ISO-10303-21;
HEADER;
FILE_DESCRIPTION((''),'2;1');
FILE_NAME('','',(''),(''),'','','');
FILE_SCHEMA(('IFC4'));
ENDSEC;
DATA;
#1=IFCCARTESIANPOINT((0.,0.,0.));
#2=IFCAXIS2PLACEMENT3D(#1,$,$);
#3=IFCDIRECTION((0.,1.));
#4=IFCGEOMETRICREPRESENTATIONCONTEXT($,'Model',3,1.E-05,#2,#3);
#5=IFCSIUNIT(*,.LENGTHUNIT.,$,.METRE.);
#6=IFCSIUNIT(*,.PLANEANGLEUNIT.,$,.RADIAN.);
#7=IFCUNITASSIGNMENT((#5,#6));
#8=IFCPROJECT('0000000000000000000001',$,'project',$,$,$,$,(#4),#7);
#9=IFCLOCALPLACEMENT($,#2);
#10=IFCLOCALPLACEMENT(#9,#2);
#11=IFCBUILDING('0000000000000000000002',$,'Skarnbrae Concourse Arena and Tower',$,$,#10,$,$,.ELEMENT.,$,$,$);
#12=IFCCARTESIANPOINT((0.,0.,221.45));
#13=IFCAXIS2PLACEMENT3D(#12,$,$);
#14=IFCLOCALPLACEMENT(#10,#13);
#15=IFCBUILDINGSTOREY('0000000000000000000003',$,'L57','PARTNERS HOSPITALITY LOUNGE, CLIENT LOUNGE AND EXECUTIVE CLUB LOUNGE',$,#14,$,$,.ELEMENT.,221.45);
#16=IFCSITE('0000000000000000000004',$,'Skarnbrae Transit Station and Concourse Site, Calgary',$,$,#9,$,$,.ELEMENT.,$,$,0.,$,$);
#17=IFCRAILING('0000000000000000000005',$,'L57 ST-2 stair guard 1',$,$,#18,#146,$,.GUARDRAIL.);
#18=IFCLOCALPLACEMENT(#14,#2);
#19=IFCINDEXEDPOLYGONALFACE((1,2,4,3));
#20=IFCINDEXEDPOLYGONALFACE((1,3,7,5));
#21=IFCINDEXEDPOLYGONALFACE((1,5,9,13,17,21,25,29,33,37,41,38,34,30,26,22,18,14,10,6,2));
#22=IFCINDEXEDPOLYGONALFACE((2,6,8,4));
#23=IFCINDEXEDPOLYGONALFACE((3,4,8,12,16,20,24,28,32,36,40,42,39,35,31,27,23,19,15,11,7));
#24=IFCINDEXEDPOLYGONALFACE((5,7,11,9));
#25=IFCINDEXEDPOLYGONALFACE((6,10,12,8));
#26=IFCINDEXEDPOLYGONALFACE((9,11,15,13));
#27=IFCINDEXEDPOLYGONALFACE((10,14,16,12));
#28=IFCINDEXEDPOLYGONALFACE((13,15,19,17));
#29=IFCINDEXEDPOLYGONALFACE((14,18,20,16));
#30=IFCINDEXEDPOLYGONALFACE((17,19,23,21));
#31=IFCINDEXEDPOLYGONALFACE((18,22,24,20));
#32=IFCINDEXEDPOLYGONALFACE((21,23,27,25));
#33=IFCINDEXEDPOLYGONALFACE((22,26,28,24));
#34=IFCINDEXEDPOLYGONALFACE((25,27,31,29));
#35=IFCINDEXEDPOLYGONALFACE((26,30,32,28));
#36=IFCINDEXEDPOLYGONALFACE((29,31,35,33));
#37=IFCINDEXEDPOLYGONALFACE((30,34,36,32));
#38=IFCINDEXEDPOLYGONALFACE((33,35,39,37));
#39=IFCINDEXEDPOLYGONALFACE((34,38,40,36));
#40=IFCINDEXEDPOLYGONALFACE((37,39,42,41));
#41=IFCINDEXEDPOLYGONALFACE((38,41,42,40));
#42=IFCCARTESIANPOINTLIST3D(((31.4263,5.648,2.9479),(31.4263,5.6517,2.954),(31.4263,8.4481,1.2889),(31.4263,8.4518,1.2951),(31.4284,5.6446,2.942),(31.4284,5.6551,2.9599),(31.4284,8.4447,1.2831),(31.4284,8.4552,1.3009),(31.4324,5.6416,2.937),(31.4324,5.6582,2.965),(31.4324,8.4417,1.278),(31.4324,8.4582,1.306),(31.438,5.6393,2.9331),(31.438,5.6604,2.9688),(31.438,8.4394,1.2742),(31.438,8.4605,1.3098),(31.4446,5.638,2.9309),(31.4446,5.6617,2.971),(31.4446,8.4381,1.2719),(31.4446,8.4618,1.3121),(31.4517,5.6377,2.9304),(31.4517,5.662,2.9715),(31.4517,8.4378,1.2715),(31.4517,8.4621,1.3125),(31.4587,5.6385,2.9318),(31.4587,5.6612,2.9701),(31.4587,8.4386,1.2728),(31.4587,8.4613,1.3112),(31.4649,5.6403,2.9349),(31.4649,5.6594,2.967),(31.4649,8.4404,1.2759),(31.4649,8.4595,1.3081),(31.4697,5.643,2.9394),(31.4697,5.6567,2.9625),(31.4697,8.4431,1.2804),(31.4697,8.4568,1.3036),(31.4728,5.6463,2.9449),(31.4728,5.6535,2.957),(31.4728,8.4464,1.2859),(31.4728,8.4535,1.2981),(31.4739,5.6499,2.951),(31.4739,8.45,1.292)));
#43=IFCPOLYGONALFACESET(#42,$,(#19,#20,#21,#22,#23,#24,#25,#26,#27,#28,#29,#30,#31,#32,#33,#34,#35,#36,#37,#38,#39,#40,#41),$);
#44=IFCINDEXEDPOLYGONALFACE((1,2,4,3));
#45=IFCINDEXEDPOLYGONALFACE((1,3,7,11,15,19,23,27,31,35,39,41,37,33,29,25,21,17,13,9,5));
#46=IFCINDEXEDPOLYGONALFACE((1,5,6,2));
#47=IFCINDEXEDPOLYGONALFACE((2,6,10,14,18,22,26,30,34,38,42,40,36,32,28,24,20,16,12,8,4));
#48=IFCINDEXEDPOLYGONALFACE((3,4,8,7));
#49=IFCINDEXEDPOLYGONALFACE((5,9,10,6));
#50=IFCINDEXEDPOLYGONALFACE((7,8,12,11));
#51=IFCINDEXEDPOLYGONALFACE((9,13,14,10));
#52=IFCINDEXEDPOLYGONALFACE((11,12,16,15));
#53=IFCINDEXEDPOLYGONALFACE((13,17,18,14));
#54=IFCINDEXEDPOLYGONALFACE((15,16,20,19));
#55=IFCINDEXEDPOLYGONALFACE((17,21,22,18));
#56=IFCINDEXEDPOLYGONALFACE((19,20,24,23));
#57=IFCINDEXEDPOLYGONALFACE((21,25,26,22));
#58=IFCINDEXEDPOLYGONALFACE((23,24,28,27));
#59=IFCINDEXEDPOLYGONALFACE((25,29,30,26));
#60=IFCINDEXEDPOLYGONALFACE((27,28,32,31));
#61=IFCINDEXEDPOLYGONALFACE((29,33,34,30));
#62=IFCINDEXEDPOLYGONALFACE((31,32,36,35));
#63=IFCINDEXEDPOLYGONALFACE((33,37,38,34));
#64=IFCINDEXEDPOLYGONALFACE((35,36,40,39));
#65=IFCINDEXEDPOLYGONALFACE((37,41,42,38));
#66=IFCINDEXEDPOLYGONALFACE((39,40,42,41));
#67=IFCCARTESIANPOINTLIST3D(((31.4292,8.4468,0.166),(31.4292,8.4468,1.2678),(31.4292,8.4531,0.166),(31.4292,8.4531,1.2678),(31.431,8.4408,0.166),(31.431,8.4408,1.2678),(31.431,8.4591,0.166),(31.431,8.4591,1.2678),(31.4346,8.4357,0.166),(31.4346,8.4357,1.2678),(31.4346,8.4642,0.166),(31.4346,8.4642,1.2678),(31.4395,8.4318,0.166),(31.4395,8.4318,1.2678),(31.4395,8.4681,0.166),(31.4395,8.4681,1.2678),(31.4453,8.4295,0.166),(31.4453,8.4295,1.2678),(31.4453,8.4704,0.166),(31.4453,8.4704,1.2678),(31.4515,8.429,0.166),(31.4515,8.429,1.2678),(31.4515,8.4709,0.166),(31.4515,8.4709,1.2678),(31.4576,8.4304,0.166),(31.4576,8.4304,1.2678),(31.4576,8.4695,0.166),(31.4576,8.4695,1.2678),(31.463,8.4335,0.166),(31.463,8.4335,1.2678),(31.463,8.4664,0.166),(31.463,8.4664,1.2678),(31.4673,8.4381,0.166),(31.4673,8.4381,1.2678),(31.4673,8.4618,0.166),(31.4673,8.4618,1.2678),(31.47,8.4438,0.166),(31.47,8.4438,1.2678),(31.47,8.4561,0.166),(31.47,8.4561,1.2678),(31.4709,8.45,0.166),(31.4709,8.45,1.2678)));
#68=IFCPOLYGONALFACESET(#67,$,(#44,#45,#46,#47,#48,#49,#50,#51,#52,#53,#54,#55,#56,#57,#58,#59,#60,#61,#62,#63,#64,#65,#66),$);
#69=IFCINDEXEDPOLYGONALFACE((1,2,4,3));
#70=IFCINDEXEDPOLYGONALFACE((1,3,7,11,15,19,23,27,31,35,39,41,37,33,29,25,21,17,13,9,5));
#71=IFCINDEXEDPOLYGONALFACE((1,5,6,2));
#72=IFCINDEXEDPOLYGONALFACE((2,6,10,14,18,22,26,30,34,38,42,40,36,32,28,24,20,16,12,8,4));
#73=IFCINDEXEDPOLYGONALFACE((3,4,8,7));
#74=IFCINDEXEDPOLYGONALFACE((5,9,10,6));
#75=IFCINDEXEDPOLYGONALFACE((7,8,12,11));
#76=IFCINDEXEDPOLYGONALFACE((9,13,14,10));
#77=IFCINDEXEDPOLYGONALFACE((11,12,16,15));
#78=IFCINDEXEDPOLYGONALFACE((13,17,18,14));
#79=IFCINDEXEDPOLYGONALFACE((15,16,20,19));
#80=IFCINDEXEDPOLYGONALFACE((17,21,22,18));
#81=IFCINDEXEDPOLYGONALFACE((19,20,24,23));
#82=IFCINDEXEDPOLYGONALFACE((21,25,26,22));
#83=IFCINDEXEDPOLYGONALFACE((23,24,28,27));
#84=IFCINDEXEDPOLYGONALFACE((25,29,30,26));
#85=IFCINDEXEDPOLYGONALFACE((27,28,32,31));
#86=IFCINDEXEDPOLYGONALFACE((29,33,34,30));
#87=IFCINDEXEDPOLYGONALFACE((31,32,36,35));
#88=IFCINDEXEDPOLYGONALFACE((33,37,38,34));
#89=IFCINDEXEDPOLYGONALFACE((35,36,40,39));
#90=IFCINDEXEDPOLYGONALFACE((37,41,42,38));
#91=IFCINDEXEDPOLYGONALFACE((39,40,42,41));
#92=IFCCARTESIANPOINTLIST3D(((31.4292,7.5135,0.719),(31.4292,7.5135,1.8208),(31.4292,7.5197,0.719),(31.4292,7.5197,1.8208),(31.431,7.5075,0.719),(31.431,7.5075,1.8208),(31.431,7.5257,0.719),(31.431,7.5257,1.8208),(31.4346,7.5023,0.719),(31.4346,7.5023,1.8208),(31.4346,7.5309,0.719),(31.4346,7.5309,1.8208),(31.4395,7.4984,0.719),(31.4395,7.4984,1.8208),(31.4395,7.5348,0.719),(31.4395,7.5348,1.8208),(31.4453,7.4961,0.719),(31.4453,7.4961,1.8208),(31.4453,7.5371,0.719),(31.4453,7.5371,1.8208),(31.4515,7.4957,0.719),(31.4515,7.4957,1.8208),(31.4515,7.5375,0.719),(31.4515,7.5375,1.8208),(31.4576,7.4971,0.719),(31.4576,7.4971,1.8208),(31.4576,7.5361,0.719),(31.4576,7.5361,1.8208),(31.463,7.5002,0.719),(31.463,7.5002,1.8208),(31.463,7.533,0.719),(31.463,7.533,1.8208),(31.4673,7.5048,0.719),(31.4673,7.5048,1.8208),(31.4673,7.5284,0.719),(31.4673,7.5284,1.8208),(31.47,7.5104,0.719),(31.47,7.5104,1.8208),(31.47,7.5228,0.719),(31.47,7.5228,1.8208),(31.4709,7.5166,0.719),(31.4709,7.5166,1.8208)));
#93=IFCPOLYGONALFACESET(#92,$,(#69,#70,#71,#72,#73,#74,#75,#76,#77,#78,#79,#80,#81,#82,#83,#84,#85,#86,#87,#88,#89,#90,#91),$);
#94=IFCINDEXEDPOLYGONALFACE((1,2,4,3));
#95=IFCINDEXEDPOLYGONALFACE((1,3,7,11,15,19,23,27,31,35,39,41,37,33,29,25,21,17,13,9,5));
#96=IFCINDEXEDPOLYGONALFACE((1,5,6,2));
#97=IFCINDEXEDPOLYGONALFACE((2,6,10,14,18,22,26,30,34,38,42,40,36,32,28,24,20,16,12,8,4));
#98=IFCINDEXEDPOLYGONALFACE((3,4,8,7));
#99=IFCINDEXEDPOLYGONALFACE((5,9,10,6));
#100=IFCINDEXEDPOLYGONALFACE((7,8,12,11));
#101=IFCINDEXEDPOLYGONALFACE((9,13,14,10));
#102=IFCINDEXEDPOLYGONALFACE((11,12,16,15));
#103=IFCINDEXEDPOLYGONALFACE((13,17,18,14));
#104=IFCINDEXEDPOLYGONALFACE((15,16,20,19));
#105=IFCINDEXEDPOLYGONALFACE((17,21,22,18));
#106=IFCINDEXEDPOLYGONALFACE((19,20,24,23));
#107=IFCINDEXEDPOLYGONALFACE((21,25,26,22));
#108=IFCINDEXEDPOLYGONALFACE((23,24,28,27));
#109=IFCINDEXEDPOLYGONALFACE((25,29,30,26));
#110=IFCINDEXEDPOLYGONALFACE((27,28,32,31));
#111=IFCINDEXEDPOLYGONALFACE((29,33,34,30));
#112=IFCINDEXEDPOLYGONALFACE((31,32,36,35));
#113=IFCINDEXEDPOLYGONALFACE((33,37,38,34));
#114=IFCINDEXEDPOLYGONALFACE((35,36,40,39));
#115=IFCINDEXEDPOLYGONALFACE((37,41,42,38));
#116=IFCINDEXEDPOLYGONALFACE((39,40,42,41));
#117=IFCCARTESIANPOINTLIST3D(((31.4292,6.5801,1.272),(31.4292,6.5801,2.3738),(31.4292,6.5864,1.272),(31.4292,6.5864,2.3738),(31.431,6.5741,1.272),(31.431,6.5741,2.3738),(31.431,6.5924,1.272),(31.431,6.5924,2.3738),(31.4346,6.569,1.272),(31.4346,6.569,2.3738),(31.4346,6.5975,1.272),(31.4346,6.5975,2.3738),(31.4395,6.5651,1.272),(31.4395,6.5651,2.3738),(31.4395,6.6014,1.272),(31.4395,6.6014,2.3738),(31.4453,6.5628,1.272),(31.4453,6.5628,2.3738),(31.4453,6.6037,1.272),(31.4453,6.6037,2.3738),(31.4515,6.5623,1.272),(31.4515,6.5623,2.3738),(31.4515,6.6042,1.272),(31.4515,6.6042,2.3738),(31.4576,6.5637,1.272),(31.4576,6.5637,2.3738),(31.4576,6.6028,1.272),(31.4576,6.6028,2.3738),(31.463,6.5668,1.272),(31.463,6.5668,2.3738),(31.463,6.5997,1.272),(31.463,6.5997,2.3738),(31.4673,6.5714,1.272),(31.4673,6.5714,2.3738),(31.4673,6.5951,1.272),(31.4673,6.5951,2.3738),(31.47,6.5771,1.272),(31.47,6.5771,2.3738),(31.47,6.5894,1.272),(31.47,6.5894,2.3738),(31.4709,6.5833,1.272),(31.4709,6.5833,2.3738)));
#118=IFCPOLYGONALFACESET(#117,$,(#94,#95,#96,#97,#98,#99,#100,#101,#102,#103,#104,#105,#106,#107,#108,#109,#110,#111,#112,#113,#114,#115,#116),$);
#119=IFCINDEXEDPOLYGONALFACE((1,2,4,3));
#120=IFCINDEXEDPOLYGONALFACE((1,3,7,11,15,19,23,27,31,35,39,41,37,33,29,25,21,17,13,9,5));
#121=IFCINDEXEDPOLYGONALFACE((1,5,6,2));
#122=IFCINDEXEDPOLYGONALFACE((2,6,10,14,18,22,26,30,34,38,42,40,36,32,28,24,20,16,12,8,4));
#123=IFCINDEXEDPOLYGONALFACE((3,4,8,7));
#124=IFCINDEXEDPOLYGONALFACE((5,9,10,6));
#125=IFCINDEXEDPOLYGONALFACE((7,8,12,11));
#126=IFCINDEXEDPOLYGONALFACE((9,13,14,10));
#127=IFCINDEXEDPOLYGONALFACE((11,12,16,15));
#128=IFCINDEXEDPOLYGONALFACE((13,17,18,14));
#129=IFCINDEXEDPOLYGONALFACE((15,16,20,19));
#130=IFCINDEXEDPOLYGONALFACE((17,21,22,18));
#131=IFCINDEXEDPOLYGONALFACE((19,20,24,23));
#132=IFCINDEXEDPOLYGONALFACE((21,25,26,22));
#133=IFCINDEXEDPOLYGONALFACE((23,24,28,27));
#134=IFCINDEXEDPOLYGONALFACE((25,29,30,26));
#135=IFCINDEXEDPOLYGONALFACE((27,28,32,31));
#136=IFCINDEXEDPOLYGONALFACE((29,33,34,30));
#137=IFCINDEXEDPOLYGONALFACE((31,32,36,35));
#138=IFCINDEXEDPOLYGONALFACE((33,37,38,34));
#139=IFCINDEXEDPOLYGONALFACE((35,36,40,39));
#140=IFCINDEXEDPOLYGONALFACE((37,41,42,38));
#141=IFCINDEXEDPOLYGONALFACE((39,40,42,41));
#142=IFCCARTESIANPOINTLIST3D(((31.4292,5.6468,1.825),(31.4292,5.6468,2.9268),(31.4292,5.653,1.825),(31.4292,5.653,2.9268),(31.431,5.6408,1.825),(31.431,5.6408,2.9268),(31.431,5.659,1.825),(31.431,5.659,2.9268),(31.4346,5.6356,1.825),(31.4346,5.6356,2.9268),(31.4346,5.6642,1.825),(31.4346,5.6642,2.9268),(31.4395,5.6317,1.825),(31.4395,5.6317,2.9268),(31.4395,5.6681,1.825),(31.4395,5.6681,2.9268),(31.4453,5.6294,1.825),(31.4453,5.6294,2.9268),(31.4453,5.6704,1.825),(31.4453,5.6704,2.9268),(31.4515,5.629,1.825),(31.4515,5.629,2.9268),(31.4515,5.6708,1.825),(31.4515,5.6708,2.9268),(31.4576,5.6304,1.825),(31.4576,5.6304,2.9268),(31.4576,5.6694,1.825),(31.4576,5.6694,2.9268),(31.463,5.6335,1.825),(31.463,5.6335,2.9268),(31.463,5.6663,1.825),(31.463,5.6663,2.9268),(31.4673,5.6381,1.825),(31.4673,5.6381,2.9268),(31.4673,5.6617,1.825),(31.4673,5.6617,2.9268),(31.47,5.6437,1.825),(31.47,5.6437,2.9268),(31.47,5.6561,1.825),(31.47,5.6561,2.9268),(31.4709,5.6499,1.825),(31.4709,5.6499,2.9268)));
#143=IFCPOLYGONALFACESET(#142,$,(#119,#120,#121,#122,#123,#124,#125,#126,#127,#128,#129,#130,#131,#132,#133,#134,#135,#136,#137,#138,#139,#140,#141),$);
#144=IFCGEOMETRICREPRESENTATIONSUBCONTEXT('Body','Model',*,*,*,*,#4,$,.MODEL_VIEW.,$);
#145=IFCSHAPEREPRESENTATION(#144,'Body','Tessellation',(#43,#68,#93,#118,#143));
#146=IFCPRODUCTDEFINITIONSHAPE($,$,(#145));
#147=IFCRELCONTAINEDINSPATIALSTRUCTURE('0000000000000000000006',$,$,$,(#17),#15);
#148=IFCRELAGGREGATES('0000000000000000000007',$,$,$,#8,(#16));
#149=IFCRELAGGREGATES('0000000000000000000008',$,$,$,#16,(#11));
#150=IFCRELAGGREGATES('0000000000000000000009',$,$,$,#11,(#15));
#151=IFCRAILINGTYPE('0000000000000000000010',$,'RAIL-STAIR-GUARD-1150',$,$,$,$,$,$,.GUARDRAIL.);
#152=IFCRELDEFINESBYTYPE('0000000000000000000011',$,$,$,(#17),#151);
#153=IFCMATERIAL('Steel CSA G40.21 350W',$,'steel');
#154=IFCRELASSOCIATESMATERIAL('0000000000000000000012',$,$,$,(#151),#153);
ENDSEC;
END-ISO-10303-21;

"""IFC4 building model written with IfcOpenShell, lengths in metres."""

from ifc_helpers import new_model, si_unit, direction, frame, origin, origin_2d, place, context, subcontext, project, spatial, circle, extrude, material, type_object, element, save


model = new_model("IFC4")

# Units and contexts
model_context = context("Model", 3, precision=1e-05, world=origin(), true_north=direction((0.0, 1.0)))
body_context = subcontext(model_context, "Body", "Model", "MODEL_VIEW")
ifc_project = project(units=[si_unit("LENGTHUNIT", "METRE"), si_unit("PLANEANGLEUNIT", "RADIAN")], contexts=[model_context])

# Site, building, storey
site_placement = place(None, origin())
site = spatial("IfcSite", under=ifc_project, at=site_placement, Name="Skarnbrae Transit Station and Concourse Site, Calgary", CompositionType="ELEMENT", RefElevation=0.0)
building_placement = place(site_placement, origin())
building = spatial("IfcBuilding", under=site, at=building_placement, Name="Skarnbrae Concourse Arena and Tower", CompositionType="ELEMENT")
storey_placement = place(building_placement, frame((0.0, 0.0, 221.45)))
storey = spatial("IfcBuildingStorey", under=building, at=storey_placement, Name="L57", Description="PARTNERS HOSPITALITY LOUNGE, CLIENT LOUNGE AND EXECUTIVE CLUB LOUNGE", CompositionType="ELEMENT", Elevation=221.45)

# Shared definitions
ifc_material_1 = material(Name="Steel CSA G40.21 350W", Category="steel")

# Railing
railing_type = type_object("IfcRailingType", Name="RAIL-STAIR-GUARD-1150", PredefinedType="GUARDRAIL", material=ifc_material_1)
railing_1_placement = place(storey_placement, frame((31.45, 8.45, 0.166)))
element("IfcRailing", 1, at=railing_1_placement, inside=storey, type_object=railing_type, Name="L57 ST-2 stair guard 1", PredefinedType="GUARDRAIL", context=body_context, shape_type="SweptSolid", body=[
    extrude(circle(Radius=0.0239, at=origin_2d()), frame((0.0, 0.0, 1.126), z_axis=(0.0, -0.860339, 0.509722), x_axis=(1.0, 0.0, 0.0)), (0.0, 0.0, 1.0), 3.2546),
    extrude(circle(Radius=0.021, at=origin_2d()), origin(), (0.0, 0.0, 1.0), 1.1018),
    extrude(circle(Radius=0.021, at=origin_2d()), frame((0.0, -0.9333, 0.553)), (0.0, 0.0, 1.0), 1.1018),
    extrude(circle(Radius=0.021, at=origin_2d()), frame((0.0, -1.8667, 1.106)), (0.0, 0.0, 1.0), 1.1018),
    extrude(circle(Radius=0.021, at=origin_2d()), frame((0.0, -2.8, 1.6589)), (0.0, 0.0, 1.0), 1.1018),
])

save(model, "model.ifc")
